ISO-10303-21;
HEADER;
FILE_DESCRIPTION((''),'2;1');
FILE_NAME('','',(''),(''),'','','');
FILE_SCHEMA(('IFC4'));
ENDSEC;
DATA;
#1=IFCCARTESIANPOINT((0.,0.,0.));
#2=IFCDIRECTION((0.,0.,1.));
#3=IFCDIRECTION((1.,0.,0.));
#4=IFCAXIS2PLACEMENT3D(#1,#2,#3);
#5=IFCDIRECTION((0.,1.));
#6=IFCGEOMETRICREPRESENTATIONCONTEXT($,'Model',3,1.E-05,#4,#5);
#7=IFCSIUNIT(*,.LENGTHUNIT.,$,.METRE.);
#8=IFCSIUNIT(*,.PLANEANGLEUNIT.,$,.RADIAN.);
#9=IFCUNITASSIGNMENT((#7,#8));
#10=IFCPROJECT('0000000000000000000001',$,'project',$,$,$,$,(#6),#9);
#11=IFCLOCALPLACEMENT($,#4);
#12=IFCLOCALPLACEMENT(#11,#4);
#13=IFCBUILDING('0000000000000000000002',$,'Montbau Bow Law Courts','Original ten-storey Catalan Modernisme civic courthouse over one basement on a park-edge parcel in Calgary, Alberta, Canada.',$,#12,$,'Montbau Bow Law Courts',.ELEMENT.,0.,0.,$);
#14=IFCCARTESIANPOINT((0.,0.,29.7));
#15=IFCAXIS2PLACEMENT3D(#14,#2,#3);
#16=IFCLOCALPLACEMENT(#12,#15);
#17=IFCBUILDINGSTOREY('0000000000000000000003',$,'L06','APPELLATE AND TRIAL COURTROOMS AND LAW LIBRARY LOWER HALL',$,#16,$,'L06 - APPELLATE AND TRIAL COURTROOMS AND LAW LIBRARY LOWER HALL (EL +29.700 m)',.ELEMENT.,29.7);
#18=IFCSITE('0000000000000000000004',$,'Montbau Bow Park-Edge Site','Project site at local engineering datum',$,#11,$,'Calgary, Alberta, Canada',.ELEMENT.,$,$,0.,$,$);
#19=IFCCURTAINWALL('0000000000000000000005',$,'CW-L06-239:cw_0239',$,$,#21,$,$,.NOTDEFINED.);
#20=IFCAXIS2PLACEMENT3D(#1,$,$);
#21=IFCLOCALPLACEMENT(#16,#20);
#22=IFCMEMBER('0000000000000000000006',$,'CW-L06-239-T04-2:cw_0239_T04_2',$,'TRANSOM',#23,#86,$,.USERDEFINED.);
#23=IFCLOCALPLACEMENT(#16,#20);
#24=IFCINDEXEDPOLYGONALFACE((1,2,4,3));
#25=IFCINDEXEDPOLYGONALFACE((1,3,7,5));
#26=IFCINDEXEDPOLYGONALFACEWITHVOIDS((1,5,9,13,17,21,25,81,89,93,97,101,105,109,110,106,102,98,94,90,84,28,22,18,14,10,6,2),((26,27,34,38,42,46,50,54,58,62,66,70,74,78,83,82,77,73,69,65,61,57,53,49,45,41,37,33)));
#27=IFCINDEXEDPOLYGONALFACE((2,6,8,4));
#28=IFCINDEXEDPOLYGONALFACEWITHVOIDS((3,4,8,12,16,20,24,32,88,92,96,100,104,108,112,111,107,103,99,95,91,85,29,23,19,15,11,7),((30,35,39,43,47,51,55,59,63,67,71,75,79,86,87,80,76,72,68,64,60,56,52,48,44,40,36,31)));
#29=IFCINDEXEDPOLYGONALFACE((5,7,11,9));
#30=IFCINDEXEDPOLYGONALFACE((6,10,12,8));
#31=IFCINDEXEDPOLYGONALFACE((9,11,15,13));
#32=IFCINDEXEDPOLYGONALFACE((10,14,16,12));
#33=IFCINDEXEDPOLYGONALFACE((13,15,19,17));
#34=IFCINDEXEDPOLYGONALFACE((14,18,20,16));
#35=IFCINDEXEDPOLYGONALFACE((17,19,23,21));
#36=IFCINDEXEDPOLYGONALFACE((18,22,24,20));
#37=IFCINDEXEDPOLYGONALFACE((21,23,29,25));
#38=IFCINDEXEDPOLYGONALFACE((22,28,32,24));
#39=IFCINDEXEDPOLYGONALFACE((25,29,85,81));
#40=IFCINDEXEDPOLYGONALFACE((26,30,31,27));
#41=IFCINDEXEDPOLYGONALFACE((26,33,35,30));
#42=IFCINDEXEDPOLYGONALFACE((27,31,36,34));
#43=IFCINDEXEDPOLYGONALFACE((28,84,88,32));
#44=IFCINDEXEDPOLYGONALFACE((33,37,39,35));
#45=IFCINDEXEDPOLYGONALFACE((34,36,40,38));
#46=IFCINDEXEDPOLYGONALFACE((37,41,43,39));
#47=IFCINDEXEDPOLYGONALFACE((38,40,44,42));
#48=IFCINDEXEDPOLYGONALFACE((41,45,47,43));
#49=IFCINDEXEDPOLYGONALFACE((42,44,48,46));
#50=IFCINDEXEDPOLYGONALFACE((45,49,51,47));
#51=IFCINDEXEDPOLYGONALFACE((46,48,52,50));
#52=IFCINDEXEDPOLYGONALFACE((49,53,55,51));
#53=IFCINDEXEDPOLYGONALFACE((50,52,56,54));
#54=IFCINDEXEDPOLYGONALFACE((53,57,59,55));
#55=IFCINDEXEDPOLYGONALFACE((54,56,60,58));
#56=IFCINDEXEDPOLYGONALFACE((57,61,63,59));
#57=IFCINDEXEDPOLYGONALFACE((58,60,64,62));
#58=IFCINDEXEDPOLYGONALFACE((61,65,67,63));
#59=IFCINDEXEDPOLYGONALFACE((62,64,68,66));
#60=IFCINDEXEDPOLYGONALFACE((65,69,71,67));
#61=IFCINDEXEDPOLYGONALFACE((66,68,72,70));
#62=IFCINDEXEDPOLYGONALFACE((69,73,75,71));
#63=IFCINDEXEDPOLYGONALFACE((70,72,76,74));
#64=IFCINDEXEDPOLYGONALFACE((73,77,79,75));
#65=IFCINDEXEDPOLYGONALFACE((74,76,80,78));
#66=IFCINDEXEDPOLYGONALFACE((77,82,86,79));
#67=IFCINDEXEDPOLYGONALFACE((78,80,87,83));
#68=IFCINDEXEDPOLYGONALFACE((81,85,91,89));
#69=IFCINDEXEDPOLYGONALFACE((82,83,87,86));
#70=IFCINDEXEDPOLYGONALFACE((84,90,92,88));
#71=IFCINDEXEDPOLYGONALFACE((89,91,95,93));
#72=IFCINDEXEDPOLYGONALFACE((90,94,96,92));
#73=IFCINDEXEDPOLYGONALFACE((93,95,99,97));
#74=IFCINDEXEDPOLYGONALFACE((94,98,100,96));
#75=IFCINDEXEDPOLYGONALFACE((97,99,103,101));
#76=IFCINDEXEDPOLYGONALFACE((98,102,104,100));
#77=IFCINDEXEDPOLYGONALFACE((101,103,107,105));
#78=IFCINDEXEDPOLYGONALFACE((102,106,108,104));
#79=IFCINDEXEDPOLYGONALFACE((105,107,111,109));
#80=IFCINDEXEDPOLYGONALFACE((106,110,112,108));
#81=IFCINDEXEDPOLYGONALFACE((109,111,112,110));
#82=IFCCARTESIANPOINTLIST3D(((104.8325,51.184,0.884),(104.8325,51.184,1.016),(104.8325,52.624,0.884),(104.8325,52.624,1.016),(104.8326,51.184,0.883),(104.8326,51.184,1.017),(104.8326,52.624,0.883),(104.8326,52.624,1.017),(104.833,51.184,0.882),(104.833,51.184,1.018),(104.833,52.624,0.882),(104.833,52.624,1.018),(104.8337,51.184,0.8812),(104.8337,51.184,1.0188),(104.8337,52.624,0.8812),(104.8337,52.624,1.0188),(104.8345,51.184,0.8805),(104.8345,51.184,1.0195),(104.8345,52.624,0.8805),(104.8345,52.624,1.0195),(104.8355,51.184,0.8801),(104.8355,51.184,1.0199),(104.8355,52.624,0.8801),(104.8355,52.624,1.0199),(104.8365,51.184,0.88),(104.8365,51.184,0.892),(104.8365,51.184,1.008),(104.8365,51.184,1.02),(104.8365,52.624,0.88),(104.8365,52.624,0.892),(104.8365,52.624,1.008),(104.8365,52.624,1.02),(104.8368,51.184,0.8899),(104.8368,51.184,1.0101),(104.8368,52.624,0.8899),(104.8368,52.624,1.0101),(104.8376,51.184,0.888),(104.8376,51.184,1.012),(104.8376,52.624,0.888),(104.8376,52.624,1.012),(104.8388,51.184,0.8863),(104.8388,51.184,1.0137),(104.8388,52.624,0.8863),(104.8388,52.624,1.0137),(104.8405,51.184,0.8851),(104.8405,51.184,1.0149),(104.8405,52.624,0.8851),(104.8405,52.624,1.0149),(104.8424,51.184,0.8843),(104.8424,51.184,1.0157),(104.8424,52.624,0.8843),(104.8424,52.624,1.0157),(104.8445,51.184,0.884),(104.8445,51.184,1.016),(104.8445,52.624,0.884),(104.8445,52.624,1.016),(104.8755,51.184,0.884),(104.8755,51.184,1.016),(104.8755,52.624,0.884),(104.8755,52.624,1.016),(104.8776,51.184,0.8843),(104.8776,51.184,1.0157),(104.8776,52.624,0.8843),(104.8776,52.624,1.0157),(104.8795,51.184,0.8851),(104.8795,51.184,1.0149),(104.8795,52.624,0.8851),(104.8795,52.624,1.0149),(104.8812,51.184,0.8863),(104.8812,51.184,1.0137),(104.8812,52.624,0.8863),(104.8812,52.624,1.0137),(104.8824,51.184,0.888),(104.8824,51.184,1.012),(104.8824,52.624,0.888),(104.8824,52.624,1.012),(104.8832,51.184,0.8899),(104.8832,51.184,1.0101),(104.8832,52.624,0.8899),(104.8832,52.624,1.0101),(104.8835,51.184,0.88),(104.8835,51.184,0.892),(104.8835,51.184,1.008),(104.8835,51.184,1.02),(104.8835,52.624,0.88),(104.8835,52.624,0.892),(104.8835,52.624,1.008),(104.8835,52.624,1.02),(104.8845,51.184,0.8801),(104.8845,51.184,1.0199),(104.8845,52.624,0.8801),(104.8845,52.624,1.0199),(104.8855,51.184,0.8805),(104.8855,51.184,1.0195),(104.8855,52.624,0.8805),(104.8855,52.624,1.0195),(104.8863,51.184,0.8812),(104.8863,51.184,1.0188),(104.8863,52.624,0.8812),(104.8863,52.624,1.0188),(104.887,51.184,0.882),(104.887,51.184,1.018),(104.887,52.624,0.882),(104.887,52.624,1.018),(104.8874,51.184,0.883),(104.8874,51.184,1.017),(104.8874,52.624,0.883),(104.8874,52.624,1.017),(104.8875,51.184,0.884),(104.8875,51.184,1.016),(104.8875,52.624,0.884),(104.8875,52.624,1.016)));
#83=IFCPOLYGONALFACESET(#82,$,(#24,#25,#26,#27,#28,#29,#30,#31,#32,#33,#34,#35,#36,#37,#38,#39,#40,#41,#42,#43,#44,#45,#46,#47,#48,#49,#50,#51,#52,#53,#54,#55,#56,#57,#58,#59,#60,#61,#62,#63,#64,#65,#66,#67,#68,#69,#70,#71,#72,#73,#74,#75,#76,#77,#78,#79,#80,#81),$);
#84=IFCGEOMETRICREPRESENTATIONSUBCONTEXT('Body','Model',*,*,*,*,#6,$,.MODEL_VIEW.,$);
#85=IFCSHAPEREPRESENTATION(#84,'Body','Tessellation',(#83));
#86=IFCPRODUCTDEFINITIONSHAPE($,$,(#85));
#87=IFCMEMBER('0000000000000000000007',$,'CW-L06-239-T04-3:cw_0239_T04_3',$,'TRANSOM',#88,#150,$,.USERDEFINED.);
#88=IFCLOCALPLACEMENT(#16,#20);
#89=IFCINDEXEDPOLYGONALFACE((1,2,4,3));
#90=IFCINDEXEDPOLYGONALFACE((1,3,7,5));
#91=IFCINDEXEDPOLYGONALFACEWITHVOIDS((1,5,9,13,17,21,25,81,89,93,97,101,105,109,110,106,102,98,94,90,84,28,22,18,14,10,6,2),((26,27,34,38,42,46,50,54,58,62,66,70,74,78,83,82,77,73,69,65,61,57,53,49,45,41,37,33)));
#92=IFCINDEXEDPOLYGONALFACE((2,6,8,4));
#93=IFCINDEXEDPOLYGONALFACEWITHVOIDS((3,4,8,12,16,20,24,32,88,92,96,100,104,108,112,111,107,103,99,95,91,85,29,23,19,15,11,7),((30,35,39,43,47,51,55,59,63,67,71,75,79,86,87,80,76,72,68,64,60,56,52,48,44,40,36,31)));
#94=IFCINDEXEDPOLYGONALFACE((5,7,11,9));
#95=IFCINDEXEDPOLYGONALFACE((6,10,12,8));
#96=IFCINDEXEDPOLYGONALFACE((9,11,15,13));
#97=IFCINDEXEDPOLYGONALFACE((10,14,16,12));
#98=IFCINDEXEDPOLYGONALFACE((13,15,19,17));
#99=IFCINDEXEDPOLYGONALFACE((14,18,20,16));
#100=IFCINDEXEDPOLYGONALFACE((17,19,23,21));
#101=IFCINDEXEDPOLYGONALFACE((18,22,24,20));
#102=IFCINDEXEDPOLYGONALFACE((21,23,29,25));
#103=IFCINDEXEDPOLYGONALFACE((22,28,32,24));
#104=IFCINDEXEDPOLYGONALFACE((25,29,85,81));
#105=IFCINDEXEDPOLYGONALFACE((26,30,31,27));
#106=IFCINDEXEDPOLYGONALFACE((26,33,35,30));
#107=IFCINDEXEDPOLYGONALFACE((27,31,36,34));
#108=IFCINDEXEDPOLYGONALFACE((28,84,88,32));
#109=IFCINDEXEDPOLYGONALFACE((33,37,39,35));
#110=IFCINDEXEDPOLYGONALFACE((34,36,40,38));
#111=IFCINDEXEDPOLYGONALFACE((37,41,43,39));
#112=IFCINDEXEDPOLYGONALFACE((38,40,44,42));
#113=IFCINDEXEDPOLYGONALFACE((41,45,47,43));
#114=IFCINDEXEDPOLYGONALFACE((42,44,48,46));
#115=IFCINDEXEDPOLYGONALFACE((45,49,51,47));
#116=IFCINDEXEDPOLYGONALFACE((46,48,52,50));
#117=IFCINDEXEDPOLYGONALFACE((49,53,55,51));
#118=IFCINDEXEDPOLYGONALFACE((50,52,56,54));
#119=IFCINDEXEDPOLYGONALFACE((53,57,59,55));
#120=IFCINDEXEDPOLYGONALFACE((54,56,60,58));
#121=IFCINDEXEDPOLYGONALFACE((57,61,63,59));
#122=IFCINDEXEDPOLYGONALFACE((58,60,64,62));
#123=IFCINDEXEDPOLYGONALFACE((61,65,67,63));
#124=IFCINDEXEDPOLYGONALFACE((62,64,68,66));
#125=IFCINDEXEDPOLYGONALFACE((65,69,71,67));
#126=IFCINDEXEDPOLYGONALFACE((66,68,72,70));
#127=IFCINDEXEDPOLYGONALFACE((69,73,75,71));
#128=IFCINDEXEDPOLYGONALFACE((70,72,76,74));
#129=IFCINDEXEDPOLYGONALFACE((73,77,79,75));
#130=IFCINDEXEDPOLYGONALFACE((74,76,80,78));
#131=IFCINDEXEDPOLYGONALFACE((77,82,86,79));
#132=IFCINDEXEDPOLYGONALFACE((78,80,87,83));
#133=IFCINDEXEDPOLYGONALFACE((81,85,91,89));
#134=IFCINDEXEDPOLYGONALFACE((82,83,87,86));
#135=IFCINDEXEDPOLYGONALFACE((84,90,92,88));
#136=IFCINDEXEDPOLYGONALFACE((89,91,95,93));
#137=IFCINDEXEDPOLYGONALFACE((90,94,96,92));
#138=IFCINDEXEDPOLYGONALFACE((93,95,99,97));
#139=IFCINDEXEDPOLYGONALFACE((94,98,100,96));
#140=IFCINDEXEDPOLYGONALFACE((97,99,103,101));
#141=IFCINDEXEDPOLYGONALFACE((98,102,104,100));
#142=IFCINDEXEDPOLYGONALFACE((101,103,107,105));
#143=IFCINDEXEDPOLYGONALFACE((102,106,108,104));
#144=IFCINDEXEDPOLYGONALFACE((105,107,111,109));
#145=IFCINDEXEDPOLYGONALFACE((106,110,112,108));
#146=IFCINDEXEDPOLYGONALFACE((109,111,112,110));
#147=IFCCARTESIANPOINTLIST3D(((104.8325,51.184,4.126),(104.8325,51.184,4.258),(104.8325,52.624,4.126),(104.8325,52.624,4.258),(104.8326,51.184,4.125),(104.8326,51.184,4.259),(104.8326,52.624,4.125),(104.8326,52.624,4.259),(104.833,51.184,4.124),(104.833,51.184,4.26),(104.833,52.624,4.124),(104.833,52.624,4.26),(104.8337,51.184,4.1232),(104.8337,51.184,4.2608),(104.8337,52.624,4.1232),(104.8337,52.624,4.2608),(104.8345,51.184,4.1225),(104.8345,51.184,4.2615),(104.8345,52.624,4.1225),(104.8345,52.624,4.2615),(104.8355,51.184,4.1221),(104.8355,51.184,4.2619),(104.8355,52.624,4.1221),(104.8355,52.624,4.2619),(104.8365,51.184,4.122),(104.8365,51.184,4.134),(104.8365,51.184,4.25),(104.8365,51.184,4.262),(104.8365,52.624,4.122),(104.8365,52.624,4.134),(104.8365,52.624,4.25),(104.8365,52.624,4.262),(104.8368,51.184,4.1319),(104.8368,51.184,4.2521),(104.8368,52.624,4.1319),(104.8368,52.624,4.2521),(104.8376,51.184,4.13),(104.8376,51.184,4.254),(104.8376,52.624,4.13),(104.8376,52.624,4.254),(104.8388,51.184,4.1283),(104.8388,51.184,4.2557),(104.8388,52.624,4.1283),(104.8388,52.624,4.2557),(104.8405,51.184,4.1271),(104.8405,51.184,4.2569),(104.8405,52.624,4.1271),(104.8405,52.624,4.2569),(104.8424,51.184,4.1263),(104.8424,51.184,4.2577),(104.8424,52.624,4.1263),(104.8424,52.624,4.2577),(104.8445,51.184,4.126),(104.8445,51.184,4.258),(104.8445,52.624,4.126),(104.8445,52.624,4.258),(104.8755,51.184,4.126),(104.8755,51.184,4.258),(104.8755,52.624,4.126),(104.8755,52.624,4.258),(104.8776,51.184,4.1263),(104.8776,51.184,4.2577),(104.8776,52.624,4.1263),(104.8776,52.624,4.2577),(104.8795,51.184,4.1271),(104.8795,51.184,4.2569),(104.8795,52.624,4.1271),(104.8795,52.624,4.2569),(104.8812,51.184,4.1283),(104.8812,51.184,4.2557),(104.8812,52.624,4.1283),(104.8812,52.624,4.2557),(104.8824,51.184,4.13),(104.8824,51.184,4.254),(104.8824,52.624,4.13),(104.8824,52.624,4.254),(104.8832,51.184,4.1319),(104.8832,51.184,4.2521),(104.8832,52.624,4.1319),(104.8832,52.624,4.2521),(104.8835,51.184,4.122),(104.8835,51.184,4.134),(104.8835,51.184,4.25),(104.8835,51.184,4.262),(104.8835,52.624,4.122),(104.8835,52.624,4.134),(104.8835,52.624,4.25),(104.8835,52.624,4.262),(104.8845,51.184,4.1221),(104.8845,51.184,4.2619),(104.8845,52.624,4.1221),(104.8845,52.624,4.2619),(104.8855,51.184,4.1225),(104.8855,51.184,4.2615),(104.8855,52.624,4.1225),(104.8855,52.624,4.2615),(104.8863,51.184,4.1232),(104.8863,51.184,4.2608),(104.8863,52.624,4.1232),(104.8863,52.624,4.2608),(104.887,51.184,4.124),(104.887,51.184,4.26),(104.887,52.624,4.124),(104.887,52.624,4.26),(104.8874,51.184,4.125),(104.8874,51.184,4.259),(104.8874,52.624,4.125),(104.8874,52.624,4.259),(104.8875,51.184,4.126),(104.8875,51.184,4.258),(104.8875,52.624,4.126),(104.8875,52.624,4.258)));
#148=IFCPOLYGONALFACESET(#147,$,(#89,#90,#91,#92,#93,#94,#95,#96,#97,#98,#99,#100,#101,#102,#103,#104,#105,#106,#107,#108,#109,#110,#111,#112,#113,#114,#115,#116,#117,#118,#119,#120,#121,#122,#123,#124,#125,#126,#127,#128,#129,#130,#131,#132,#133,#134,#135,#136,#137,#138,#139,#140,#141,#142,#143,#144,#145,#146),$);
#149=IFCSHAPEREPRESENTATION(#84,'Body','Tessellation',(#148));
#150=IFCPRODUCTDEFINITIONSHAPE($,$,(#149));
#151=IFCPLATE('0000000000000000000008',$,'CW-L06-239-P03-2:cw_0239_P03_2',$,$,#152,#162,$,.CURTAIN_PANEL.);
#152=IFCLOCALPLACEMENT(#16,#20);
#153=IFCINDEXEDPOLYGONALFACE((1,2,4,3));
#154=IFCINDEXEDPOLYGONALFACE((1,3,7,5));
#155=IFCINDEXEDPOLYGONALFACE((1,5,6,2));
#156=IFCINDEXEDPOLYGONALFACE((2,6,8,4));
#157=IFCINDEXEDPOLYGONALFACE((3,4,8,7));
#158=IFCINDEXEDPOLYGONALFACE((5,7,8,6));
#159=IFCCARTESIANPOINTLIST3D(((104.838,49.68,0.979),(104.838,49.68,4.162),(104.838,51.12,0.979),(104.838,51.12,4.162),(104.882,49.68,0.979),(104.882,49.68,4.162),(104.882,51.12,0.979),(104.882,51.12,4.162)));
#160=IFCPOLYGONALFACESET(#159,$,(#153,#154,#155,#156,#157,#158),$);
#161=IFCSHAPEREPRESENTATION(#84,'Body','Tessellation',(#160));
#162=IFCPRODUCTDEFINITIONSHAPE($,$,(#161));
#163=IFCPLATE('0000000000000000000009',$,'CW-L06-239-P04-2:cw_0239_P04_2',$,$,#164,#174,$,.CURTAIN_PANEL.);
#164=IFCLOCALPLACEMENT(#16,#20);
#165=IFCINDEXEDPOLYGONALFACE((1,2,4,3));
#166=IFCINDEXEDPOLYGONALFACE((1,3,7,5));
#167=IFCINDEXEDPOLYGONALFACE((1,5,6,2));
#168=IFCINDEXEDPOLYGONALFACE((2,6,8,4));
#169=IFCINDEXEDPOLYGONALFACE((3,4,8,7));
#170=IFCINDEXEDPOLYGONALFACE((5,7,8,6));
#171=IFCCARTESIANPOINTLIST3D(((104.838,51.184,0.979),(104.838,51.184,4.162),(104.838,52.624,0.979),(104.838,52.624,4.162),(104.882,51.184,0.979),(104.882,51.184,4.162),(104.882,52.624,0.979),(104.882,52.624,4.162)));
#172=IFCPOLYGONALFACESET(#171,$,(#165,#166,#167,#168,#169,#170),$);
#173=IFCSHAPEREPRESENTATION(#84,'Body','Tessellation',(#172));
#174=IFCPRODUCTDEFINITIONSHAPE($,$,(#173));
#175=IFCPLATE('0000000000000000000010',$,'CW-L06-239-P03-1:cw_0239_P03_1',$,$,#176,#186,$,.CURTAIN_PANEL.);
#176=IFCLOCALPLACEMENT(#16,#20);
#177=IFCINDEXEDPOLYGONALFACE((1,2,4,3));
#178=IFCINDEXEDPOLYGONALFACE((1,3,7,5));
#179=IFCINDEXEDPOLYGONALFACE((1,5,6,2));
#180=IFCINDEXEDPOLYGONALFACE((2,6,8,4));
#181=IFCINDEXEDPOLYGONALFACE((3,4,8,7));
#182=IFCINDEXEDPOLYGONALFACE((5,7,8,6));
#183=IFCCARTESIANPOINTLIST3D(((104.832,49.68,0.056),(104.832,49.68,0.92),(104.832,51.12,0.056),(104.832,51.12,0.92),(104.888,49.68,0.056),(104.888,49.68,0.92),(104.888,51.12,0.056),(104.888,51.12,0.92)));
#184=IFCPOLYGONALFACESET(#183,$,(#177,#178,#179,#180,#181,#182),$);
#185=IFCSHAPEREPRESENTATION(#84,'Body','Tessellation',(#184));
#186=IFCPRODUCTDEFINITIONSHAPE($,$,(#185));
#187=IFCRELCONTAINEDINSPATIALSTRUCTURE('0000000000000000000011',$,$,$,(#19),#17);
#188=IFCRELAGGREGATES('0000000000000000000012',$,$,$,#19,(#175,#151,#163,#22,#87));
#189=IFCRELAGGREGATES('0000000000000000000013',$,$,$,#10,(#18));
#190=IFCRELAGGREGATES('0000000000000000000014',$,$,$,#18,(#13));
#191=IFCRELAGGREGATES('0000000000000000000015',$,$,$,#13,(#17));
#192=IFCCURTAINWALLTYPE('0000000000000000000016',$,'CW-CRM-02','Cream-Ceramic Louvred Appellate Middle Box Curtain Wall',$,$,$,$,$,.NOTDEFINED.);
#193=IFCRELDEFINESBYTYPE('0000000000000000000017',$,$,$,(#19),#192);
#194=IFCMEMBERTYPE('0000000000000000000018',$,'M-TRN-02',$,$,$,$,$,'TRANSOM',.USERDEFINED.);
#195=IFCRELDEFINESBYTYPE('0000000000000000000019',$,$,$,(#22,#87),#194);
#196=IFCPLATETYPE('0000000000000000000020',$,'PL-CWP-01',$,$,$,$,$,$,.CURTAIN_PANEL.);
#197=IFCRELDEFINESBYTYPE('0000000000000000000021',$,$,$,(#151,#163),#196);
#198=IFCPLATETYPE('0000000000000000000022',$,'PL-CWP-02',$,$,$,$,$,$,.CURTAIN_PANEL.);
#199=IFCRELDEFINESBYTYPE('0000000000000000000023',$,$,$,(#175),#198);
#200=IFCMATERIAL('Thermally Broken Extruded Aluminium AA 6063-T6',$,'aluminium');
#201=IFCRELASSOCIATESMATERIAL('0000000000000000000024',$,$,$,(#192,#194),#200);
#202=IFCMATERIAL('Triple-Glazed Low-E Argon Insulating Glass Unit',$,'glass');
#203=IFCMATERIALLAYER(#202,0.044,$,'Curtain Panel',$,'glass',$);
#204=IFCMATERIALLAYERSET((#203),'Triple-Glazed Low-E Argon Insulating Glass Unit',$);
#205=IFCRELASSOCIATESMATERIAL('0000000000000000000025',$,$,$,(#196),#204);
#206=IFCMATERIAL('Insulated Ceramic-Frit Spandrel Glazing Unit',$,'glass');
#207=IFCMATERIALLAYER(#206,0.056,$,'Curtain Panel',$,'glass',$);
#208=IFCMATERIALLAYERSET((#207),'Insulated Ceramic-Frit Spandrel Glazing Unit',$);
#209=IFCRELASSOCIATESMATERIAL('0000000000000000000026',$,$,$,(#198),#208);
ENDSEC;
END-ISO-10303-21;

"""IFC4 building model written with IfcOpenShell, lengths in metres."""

from ifc_helpers import new_model, si_unit, direction, frame, frame_2d, origin_with_axes, origin_2d_with_axis, place, context, subcontext, project, spatial, rectangle, hollow_rectangle, extrude, material, layer, layer_set, material_profile, profile_set, type_object, element, aggregate, save


model = new_model("IFC4")

# Units and contexts
model_context = context("Model", 3, precision=1e-05, world=origin_with_axes(), true_north=direction((0.0, 1.0)))
body_context = subcontext(model_context, "Body", "Model", "MODEL_VIEW")
ifc_project = project(units=[si_unit("LENGTHUNIT", "METRE"), si_unit("PLANEANGLEUNIT", "RADIAN")], contexts=[model_context])

# Site, building, storey
site_placement = place(None, origin_with_axes())
site = spatial("IfcSite", under=ifc_project, at=site_placement, Name="Montbau Bow Park-Edge Site", Description="Project site at local engineering datum", LongName="Calgary, Alberta, Canada", CompositionType="ELEMENT", RefElevation=0.0)
building_placement = place(site_placement, origin_with_axes())
building = spatial("IfcBuilding", under=site, at=building_placement, Name="Montbau Bow Law Courts", Description="Original ten-storey Catalan Modernisme civic courthouse over one basement on a park-edge parcel in Calgary, Alberta, Canada.", LongName="Montbau Bow Law Courts", CompositionType="ELEMENT", ElevationOfRefHeight=0.0, ElevationOfTerrain=0.0)
storey_placement = place(building_placement, frame((0.0, 0.0, 29.7), z_axis=(0.0, 0.0, 1.0), x_axis=(1.0, 0.0, 0.0)))
storey = spatial("IfcBuildingStorey", under=building, at=storey_placement, Name="L06", Description="APPELLATE AND TRIAL COURTROOMS AND LAW LIBRARY LOWER HALL", LongName="L06 - APPELLATE AND TRIAL COURTROOMS AND LAW LIBRARY LOWER HALL (EL +29.700 m)", CompositionType="ELEMENT", Elevation=29.7)

# Curtain wall, members, plates
ifc_material_1 = material(Name="Thermally Broken Extruded Aluminium AA 6063-T6", Category="aluminium")
curtain_wall_type = type_object("IfcCurtainWallType", Name="CW-CRM-02", Description="Cream-Ceramic Louvred Appellate Middle Box Curtain Wall", PredefinedType="NOTDEFINED", material=ifc_material_1)
curtain_wall_placement = place(None, frame((104.86, 46.64, 29.7), z_axis=(0.0, 0.0, 1.0), x_axis=(1.0, 0.0, 0.0)))
curtain_wall = element("IfcCurtainWall", 1, at=curtain_wall_placement, inside=storey, type_object=curtain_wall_type, Name="CW-L06-239:cw_0239", PredefinedType="NOTDEFINED")
ifc_material_profile_1 = material_profile(ifc_material_1, hollow_rectangle(XDim=0.055, YDim=0.14, WallThickness=0.004, InnerFilletRadius=0.008, OuterFilletRadius=0.004, at=origin_2d_with_axis()), Name="CWT-140X55", Category="Main", Priority=0)
ifc_profile_set_1 = profile_set([ifc_material_profile_1], Name="Thermally Broken Extruded Aluminium AA 6063-T6")
member_type_1 = type_object("IfcMemberType", Name="M-TRN-02", ElementType="TRANSOM", PredefinedType="USERDEFINED", material=ifc_profile_set_1)
member_1_placement = place(None, frame((104.86, 51.184, 30.65), z_axis=(0.0, 1.0, 0.0), x_axis=(-1.0, 0.0, 0.0)))
member_1 = element("IfcMember", 2, at=member_1_placement, type_object=member_type_1, Name="CW-L06-239-T04-2:cw_0239_T04_2", ObjectType="TRANSOM", PredefinedType="USERDEFINED", context=body_context, shape_type="SweptSolid", body=[
    extrude(hollow_rectangle(XDim=0.055, YDim=0.14, WallThickness=0.004, InnerFilletRadius=0.008, OuterFilletRadius=0.004, at=origin_2d_with_axis()), origin_with_axes(), (0.0, 0.0, 1.0), 1.44),
])
member_2_placement = place(None, frame((104.86, 51.184, 33.892), z_axis=(0.0, 1.0, 0.0), x_axis=(-1.0, 0.0, 0.0)))
member_2 = element("IfcMember", 3, at=member_2_placement, type_object=member_type_1, Name="CW-L06-239-T04-3:cw_0239_T04_3", ObjectType="TRANSOM", PredefinedType="USERDEFINED", context=body_context, shape_type="SweptSolid", body=[
    extrude(hollow_rectangle(XDim=0.055, YDim=0.14, WallThickness=0.004, InnerFilletRadius=0.008, OuterFilletRadius=0.004, at=origin_2d_with_axis()), origin_with_axes(), (0.0, 0.0, 1.0), 1.44),
])
ifc_material_2 = material(Name="Triple-Glazed Low-E Argon Insulating Glass Unit", Category="glass")
ifc_layer_1 = layer(ifc_material_2, 0.044, Name="Curtain Panel", Category="glass")
ifc_layer_set_1 = layer_set([ifc_layer_1], Name="Triple-Glazed Low-E Argon Insulating Glass Unit")
plate_type_1 = type_object("IfcPlateType", Name="PL-CWP-01", PredefinedType="CURTAIN_PANEL", material=ifc_layer_set_1)
plate_1_placement = place(None, frame((104.86, 49.68, 30.679), z_axis=(1.0, 0.0, 0.0), x_axis=(0.0, 1.0, 0.0)))
plate_1 = element("IfcPlate", 4, at=plate_1_placement, type_object=plate_type_1, Name="CW-L06-239-P03-2:cw_0239_P03_2", PredefinedType="CURTAIN_PANEL", context=body_context, shape_type="SweptSolid", body=[
    extrude(rectangle(XDim=1.44, YDim=3.183, at=frame_2d((0.72, 1.5915), x_axis=(1.0, 0.0))), frame((0.0, 0.0, -0.022), z_axis=(0.0, 0.0, 1.0), x_axis=(1.0, 0.0, 0.0)), (0.0, 0.0, 1.0), 0.044),
])
plate_2_placement = place(None, frame((104.86, 51.184, 30.679), z_axis=(1.0, 0.0, 0.0), x_axis=(0.0, 1.0, 0.0)))
plate_2 = element("IfcPlate", 5, at=plate_2_placement, type_object=plate_type_1, Name="CW-L06-239-P04-2:cw_0239_P04_2", PredefinedType="CURTAIN_PANEL", context=body_context, shape_type="SweptSolid", body=[
    extrude(rectangle(XDim=1.44, YDim=3.183, at=frame_2d((0.72, 1.5915), x_axis=(1.0, 0.0))), frame((0.0, 0.0, -0.022), z_axis=(0.0, 0.0, 1.0), x_axis=(1.0, 0.0, 0.0)), (0.0, 0.0, 1.0), 0.044),
])
ifc_material_3 = material(Name="Insulated Ceramic-Frit Spandrel Glazing Unit", Category="glass")
ifc_layer_2 = layer(ifc_material_3, 0.056, Name="Curtain Panel", Category="glass")
ifc_layer_set_2 = layer_set([ifc_layer_2], Name="Insulated Ceramic-Frit Spandrel Glazing Unit")
plate_type_2 = type_object("IfcPlateType", Name="PL-CWP-02", PredefinedType="CURTAIN_PANEL", material=ifc_layer_set_2)
plate_3_placement = place(None, frame((104.86, 49.68, 29.756), z_axis=(1.0, 0.0, 0.0), x_axis=(0.0, 1.0, 0.0)))
plate_3 = element("IfcPlate", 6, at=plate_3_placement, type_object=plate_type_2, Name="CW-L06-239-P03-1:cw_0239_P03_1", PredefinedType="CURTAIN_PANEL", context=body_context, shape_type="SweptSolid", body=[
    extrude(rectangle(XDim=1.44, YDim=0.864, at=frame_2d((0.72, 0.432), x_axis=(1.0, 0.0))), frame((0.0, 0.0, -0.028), z_axis=(0.0, 0.0, 1.0), x_axis=(1.0, 0.0, 0.0)), (0.0, 0.0, 1.0), 0.056),
])
aggregate(curtain_wall, [plate_3, plate_1, plate_2, member_1, member_2])

save(model, "model.ifc")
